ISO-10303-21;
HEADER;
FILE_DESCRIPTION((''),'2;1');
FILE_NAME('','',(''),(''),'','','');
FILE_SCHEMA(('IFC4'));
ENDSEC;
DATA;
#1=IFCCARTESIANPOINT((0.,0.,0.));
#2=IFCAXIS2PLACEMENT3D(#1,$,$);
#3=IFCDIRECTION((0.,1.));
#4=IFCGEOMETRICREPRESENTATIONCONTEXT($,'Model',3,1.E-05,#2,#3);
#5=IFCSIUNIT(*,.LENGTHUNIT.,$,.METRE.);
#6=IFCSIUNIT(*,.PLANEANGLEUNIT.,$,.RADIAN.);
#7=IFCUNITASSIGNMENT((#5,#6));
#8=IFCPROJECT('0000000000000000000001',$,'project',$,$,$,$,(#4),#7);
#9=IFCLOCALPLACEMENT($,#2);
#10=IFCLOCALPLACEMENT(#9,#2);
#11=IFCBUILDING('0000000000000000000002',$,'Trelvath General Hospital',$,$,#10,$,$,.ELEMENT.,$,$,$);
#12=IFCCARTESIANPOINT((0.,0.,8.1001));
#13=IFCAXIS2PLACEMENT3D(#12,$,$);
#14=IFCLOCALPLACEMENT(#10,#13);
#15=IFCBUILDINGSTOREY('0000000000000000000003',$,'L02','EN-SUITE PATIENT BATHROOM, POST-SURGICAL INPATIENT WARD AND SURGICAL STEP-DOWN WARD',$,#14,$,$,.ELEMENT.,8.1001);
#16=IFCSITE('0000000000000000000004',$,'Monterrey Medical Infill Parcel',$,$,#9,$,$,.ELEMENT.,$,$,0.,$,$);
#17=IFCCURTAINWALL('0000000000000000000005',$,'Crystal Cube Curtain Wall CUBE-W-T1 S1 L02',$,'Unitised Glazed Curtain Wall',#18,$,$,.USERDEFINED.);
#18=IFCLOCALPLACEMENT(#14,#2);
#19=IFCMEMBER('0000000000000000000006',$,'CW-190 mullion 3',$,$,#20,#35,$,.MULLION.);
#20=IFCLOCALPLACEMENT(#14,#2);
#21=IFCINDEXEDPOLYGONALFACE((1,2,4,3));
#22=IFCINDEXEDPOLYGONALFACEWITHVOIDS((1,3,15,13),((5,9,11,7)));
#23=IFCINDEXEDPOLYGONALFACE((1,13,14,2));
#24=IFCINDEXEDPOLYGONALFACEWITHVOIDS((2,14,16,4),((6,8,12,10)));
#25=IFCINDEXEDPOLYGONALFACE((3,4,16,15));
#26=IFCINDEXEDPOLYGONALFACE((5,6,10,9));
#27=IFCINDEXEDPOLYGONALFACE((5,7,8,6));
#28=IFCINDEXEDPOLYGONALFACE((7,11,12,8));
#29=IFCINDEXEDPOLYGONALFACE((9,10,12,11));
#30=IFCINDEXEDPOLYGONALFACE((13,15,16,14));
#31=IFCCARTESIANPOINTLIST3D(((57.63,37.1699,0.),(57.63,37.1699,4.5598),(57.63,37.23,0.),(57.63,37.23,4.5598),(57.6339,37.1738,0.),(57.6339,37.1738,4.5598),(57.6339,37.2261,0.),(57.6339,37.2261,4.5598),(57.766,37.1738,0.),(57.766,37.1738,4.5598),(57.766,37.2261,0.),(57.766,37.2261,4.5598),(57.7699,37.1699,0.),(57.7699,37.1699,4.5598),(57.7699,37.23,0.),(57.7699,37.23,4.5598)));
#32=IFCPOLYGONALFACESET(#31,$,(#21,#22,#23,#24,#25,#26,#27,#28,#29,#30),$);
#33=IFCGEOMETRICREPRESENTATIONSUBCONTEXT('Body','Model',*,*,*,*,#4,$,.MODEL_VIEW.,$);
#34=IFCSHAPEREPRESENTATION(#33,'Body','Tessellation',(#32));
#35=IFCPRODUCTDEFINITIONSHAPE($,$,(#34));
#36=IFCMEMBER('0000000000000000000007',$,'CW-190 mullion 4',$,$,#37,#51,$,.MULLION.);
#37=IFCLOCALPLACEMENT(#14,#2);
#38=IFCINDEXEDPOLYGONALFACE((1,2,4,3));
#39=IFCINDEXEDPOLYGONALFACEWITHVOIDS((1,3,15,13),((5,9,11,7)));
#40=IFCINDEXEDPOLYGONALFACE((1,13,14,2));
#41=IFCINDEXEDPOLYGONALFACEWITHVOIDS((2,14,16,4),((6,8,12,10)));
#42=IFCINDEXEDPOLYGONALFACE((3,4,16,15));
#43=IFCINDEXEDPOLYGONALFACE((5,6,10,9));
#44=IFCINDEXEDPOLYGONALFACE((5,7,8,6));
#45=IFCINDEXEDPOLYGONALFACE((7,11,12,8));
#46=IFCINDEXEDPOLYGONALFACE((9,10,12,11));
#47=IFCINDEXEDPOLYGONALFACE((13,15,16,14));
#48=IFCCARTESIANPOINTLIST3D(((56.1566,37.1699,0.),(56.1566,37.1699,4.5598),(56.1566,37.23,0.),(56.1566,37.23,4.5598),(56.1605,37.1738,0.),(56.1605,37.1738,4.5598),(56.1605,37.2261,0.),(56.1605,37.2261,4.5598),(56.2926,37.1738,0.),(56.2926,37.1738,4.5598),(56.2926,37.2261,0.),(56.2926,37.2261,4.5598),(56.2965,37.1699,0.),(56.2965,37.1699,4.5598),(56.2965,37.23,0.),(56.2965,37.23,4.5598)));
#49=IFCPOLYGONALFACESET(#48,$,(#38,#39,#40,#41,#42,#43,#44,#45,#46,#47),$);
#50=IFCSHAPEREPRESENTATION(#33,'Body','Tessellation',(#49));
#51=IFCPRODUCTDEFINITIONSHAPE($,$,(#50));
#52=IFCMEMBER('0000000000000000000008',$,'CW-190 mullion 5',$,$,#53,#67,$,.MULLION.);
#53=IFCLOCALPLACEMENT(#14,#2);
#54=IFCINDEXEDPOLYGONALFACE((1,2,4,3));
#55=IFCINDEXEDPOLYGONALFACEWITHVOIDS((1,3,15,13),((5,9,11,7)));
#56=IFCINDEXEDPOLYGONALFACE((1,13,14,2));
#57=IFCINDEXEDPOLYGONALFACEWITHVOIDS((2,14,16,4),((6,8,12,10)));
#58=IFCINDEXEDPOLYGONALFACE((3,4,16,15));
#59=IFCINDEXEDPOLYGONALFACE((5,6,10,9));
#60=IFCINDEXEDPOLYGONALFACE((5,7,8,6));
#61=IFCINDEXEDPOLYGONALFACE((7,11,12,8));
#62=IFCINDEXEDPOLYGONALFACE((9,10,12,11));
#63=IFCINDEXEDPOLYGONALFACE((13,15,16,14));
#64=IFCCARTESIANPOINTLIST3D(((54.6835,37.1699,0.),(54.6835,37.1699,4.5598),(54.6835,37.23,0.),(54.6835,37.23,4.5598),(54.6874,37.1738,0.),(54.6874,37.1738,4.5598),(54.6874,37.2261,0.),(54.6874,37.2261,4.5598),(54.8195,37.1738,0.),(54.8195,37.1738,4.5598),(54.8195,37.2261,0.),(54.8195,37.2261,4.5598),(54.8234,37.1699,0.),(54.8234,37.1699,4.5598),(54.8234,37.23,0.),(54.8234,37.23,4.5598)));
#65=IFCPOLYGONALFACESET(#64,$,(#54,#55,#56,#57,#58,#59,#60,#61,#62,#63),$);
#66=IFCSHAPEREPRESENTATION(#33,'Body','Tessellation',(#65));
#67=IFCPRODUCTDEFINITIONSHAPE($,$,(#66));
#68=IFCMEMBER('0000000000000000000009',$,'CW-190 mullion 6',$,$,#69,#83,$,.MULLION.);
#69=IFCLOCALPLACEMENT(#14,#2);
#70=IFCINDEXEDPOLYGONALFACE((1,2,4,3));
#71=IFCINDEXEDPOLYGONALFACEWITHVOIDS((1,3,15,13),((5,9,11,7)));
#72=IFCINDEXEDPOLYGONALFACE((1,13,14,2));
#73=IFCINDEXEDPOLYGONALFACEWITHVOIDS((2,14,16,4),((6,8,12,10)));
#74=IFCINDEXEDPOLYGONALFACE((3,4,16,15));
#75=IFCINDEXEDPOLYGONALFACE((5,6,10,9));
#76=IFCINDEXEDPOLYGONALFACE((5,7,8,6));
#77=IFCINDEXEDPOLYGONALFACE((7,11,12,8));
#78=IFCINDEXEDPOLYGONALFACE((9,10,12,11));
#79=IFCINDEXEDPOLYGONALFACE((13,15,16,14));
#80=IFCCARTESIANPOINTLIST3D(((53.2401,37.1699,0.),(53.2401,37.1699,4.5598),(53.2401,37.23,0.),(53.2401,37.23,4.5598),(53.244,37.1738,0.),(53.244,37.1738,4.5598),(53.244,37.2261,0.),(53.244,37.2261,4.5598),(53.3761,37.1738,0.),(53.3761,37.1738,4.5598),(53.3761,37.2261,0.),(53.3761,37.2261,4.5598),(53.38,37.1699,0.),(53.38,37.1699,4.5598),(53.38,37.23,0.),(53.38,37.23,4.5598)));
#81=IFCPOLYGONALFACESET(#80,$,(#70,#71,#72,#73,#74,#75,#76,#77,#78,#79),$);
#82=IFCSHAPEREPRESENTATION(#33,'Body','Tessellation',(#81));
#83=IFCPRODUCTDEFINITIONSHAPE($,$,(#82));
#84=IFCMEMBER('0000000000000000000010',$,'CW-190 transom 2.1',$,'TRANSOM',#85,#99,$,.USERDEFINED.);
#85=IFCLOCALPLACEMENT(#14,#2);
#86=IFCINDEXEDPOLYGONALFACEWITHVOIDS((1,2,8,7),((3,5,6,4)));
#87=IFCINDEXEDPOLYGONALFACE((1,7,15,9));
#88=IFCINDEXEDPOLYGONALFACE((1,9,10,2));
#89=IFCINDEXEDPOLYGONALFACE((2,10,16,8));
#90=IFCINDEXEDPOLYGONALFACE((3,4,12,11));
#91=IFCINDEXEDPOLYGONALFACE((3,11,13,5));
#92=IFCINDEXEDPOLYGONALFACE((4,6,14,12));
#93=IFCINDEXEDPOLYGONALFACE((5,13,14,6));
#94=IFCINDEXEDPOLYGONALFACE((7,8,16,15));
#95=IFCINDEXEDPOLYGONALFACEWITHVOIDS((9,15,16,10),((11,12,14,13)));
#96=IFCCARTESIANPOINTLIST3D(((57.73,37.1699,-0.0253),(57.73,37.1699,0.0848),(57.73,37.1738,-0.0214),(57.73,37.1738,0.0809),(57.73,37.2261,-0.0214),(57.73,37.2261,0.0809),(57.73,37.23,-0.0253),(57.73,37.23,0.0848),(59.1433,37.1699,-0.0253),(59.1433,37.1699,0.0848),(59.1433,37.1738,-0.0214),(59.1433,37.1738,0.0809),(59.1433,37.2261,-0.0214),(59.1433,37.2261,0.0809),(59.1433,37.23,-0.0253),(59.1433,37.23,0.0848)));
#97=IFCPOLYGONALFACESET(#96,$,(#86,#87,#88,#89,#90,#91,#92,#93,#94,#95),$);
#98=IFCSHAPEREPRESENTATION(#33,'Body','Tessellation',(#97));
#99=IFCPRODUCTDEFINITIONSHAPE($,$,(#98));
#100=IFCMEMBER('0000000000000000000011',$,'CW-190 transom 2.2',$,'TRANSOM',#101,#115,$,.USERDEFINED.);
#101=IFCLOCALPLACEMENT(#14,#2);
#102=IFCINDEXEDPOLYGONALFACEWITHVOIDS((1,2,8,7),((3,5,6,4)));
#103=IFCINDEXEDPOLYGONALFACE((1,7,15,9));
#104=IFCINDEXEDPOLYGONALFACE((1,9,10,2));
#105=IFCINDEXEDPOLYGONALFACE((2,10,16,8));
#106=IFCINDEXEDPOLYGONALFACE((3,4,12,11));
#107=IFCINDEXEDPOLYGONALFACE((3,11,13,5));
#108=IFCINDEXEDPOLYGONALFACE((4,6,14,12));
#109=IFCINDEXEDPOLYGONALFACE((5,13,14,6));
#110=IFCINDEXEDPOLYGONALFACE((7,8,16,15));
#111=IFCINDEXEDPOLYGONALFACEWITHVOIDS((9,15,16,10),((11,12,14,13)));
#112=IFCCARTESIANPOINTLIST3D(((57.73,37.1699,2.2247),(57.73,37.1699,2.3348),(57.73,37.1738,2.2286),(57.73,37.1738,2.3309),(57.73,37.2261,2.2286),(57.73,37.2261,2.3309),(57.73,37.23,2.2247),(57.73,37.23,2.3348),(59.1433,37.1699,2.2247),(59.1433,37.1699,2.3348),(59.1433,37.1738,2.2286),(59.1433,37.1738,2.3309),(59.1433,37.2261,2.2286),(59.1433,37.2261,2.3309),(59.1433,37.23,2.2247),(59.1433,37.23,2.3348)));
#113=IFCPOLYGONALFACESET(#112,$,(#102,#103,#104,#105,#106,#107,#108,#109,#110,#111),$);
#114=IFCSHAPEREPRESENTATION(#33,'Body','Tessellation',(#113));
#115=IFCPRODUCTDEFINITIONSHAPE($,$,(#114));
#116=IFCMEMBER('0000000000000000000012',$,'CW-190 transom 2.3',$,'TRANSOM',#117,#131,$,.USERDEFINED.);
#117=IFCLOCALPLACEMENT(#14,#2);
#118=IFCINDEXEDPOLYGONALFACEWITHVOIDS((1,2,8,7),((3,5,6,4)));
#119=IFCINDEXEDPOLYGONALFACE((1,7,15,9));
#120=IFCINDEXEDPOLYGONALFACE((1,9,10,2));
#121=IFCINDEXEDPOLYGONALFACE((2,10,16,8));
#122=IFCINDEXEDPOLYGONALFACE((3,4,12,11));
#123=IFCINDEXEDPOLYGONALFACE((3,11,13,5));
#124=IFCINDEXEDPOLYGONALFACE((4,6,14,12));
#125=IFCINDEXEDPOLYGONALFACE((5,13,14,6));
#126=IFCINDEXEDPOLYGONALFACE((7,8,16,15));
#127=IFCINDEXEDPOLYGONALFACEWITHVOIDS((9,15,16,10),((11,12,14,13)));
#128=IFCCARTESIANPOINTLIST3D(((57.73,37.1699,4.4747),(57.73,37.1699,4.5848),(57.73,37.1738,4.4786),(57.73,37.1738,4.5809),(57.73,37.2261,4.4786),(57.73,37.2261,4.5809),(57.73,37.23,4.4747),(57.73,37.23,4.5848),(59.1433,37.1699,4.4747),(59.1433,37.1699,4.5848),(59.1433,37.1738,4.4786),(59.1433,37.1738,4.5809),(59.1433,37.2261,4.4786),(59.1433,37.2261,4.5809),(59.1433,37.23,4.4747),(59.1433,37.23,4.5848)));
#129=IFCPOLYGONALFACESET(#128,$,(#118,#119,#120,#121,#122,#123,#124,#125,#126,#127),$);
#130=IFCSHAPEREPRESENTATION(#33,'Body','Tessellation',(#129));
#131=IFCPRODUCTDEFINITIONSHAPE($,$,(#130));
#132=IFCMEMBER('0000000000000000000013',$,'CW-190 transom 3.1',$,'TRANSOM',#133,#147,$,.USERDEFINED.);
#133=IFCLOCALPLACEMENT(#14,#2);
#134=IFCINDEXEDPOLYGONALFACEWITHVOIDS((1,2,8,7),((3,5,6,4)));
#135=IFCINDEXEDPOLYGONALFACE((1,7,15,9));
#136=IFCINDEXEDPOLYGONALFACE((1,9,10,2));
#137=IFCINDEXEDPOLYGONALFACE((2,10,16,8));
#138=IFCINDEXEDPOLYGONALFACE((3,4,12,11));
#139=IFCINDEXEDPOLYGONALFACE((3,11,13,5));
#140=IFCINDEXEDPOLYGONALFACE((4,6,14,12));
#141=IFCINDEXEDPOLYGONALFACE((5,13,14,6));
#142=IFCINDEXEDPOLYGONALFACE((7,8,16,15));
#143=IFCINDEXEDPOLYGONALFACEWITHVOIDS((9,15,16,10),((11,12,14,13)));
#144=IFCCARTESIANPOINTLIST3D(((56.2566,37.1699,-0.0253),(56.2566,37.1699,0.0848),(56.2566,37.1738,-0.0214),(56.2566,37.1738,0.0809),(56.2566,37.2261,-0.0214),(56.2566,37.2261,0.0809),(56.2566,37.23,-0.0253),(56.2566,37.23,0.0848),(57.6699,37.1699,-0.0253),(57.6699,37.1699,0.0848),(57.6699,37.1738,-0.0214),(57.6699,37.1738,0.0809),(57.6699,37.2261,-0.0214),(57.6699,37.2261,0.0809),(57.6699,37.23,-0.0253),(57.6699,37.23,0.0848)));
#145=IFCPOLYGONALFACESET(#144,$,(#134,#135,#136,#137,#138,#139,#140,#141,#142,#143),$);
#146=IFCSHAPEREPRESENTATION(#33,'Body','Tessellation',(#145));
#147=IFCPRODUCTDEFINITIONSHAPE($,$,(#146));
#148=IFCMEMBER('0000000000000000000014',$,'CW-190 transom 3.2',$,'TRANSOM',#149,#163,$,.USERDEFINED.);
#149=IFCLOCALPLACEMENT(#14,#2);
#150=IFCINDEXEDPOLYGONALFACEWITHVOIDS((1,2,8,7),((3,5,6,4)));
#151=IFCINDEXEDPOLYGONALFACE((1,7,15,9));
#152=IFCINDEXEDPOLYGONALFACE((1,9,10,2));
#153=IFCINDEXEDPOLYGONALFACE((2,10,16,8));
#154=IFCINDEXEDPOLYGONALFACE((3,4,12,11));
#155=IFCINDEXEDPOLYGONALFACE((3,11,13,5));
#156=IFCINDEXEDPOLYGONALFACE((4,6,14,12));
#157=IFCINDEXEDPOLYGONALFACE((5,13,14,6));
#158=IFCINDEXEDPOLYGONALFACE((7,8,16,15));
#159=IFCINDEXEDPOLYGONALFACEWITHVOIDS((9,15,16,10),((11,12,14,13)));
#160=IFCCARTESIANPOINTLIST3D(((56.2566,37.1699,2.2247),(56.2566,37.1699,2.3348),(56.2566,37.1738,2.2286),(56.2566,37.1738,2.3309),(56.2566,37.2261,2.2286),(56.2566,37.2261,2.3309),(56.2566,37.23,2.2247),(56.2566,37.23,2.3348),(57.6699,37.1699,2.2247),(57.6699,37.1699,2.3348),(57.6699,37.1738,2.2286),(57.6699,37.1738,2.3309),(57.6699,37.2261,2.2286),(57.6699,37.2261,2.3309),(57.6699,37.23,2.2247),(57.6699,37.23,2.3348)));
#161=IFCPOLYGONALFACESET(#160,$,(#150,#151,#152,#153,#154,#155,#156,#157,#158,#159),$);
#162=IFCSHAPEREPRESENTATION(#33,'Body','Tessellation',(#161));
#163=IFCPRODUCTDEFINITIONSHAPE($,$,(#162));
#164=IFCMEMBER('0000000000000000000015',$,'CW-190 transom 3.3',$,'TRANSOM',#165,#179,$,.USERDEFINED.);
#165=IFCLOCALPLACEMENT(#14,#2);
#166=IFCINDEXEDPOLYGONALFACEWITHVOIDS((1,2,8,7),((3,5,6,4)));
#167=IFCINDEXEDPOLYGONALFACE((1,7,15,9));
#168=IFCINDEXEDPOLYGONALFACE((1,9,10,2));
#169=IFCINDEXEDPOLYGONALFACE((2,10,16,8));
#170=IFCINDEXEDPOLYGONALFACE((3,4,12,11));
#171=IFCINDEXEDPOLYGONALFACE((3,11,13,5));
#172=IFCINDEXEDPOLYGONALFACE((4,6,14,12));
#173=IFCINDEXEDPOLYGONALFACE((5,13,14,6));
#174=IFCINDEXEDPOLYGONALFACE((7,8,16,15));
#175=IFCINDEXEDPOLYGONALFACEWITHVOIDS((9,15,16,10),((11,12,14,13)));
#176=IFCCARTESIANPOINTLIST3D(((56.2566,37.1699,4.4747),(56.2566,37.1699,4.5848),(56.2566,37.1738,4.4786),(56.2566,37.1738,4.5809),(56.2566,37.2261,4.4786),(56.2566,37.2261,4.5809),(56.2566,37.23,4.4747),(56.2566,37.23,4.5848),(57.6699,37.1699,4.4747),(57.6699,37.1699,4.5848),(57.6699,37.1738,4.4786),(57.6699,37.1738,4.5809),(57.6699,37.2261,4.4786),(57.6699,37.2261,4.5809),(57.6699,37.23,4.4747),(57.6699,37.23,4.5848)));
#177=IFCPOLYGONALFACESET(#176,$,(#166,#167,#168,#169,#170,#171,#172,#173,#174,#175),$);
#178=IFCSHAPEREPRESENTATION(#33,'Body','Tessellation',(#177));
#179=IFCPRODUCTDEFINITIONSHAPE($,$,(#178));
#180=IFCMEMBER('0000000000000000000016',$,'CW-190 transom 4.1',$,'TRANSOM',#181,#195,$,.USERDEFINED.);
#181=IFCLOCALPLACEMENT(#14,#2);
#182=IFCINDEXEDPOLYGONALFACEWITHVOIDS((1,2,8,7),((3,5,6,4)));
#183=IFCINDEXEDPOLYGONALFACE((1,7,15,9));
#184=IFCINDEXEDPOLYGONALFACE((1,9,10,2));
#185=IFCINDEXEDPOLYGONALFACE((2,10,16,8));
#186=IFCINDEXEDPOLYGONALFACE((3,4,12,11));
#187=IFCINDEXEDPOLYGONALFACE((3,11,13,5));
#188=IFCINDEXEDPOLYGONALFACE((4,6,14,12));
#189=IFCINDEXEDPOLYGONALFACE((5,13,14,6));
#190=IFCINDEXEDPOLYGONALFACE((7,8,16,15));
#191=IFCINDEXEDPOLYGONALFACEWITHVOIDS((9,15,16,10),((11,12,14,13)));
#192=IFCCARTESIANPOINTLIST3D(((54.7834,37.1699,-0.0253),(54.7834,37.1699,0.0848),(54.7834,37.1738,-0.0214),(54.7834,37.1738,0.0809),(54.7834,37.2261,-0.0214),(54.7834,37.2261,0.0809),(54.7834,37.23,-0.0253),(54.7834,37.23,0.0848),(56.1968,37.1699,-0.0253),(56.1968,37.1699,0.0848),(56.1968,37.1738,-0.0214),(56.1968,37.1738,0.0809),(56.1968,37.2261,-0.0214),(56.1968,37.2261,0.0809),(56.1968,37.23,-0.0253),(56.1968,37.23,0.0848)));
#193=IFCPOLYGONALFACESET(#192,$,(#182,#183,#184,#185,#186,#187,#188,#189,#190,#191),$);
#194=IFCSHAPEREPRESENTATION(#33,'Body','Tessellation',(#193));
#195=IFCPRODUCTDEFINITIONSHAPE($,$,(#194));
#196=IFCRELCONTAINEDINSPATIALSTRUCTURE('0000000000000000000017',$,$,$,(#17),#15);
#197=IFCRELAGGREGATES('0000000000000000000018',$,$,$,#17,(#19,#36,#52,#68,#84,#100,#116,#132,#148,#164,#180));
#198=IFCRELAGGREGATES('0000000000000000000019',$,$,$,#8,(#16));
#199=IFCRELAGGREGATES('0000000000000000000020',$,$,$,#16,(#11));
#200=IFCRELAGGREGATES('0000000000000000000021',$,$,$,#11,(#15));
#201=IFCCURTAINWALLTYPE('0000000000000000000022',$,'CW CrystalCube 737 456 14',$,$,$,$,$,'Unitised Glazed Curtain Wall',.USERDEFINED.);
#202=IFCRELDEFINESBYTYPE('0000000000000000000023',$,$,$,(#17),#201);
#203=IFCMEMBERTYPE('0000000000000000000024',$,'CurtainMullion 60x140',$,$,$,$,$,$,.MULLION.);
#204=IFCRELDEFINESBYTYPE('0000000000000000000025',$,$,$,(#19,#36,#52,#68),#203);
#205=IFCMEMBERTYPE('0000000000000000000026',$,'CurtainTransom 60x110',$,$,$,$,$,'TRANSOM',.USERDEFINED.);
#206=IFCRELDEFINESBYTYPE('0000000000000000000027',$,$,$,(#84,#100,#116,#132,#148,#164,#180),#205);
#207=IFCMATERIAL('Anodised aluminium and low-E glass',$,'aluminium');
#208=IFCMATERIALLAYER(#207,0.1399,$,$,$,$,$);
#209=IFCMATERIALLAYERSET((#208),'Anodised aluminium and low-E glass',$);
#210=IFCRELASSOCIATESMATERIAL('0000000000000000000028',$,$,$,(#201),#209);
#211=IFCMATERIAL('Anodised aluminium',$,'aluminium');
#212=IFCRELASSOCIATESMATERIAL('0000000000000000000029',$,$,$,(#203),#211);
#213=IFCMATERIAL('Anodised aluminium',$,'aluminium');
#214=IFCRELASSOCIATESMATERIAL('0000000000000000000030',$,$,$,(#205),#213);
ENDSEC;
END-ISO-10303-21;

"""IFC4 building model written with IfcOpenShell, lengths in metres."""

from ifc_helpers import new_model, si_unit, direction, frame, origin, origin_2d, place, context, subcontext, project, spatial, hollow_rectangle, extrude, material, layer, layer_set, material_profile, profile_set, type_object, element, aggregate, save


model = new_model("IFC4")

# Units and contexts
model_context = context("Model", 3, precision=1e-05, world=origin(), true_north=direction((0.0, 1.0)))
body_context = subcontext(model_context, "Body", "Model", "MODEL_VIEW")
ifc_project = project(units=[si_unit("LENGTHUNIT", "METRE"), si_unit("PLANEANGLEUNIT", "RADIAN")], contexts=[model_context])

# Site, building, storey
site_placement = place(None, origin())
site = spatial("IfcSite", under=ifc_project, at=site_placement, Name="Monterrey Medical Infill Parcel", CompositionType="ELEMENT", RefElevation=0.0)
building_placement = place(site_placement, origin())
building = spatial("IfcBuilding", under=site, at=building_placement, Name="Trelvath General Hospital", CompositionType="ELEMENT")
storey_placement = place(building_placement, frame((0.0, 0.0, 8.1001)))
storey = spatial("IfcBuildingStorey", under=building, at=storey_placement, Name="L02", Description="EN-SUITE PATIENT BATHROOM, POST-SURGICAL INPATIENT WARD AND SURGICAL STEP-DOWN WARD", CompositionType="ELEMENT", Elevation=8.1001)

# Curtain wall, members
ifc_material_1 = material(Name="Anodised aluminium and low-E glass", Category="aluminium")
ifc_layer_1 = layer(ifc_material_1, 0.1399)
ifc_layer_set_1 = layer_set([ifc_layer_1], Name="Anodised aluminium and low-E glass")
curtain_wall_type = type_object("IfcCurtainWallType", Name="CW CrystalCube 737 456 14", ElementType="Unitised Glazed Curtain Wall", PredefinedType="USERDEFINED", material=ifc_layer_set_1)
curtain_wall_placement = place(storey_placement, origin())
curtain_wall = element("IfcCurtainWall", 1, at=curtain_wall_placement, inside=storey, type_object=curtain_wall_type, Name="Crystal Cube Curtain Wall CUBE-W-T1 S1 L02", ObjectType="Unitised Glazed Curtain Wall", PredefinedType="USERDEFINED")
ifc_material_2 = material(Name="Anodised aluminium", Category="aluminium")
ifc_material_profile_1 = material_profile(ifc_material_2, hollow_rectangle(XDim=0.0601, YDim=0.1399, WallThickness=0.0039, at=origin_2d()), Name="RHS60x140x4")
ifc_profile_set_1 = profile_set([ifc_material_profile_1], Name="Anodised aluminium")
member_type_1 = type_object("IfcMemberType", Name="CurtainMullion 60x140", PredefinedType="MULLION", material=ifc_profile_set_1)
member_1_placement = place(storey_placement, frame((57.7, 37.2, 0.0), z_axis=(0.0, 0.0, 1.0), x_axis=(0.0, -1.0, 0.0)))
member_1 = element("IfcMember", 2, at=member_1_placement, type_object=member_type_1, Name="CW-190 mullion 3", PredefinedType="MULLION", context=body_context, shape_type="SweptSolid", body=[
    extrude(hollow_rectangle(XDim=0.0601, YDim=0.1399, WallThickness=0.0039, at=origin_2d()), origin(), (0.0, 0.0, 1.0), 4.5598),
])
member_2_placement = place(storey_placement, frame((56.2266, 37.2, 0.0), z_axis=(0.0, 0.0, 1.0), x_axis=(0.0, -1.0, 0.0)))
member_2 = element("IfcMember", 3, at=member_2_placement, type_object=member_type_1, Name="CW-190 mullion 4", PredefinedType="MULLION", context=body_context, shape_type="SweptSolid", body=[
    extrude(hollow_rectangle(XDim=0.0601, YDim=0.1399, WallThickness=0.0039, at=origin_2d()), origin(), (0.0, 0.0, 1.0), 4.5598),
])
member_3_placement = place(storey_placement, frame((54.7534, 37.2, 0.0), z_axis=(0.0, 0.0, 1.0), x_axis=(0.0, -1.0, 0.0)))
member_3 = element("IfcMember", 4, at=member_3_placement, type_object=member_type_1, Name="CW-190 mullion 5", PredefinedType="MULLION", context=body_context, shape_type="SweptSolid", body=[
    extrude(hollow_rectangle(XDim=0.0601, YDim=0.1399, WallThickness=0.0039, at=origin_2d()), origin(), (0.0, 0.0, 1.0), 4.5598),
])
member_4_placement = place(storey_placement, frame((53.3101, 37.2, 0.0), z_axis=(0.0, 0.0, 1.0), x_axis=(0.0, -1.0, 0.0)))
member_4 = element("IfcMember", 5, at=member_4_placement, type_object=member_type_1, Name="CW-190 mullion 6", PredefinedType="MULLION", context=body_context, shape_type="SweptSolid", body=[
    extrude(hollow_rectangle(XDim=0.0601, YDim=0.1399, WallThickness=0.0039, at=origin_2d()), origin(), (0.0, 0.0, 1.0), 4.5598),
])
ifc_material_3 = material(Name="Anodised aluminium", Category="aluminium")
ifc_material_profile_2 = material_profile(ifc_material_3, hollow_rectangle(XDim=0.0601, YDim=0.1101, WallThickness=0.0039, at=origin_2d()), Name="RHS60x110x4")
ifc_profile_set_2 = profile_set([ifc_material_profile_2], Name="Anodised aluminium")
member_type_2 = type_object("IfcMemberType", Name="CurtainTransom 60x110", ElementType="TRANSOM", PredefinedType="USERDEFINED", material=ifc_profile_set_2)
member_5_placement = place(storey_placement, frame((59.1433, 37.2, 0.0298), z_axis=(-1.0, 0.0, 0.0), x_axis=(0.0, -1.0, 0.0)))
member_5 = element("IfcMember", 6, at=member_5_placement, type_object=member_type_2, Name="CW-190 transom 2.1", ObjectType="TRANSOM", PredefinedType="USERDEFINED", context=body_context, shape_type="SweptSolid", body=[
    extrude(hollow_rectangle(XDim=0.0601, YDim=0.1101, WallThickness=0.0039, at=origin_2d()), origin(), (0.0, 0.0, 1.0), 1.4133),
])
member_6_placement = place(storey_placement, frame((59.1433, 37.2, 2.2798), z_axis=(-1.0, 0.0, 0.0), x_axis=(0.0, -1.0, 0.0)))
member_6 = element("IfcMember", 7, at=member_6_placement, type_object=member_type_2, Name="CW-190 transom 2.2", ObjectType="TRANSOM", PredefinedType="USERDEFINED", context=body_context, shape_type="SweptSolid", body=[
    extrude(hollow_rectangle(XDim=0.0601, YDim=0.1101, WallThickness=0.0039, at=origin_2d()), origin(), (0.0, 0.0, 1.0), 1.4133),
])
member_7_placement = place(storey_placement, frame((59.1433, 37.2, 4.5298), z_axis=(-1.0, 0.0, 0.0), x_axis=(0.0, -1.0, 0.0)))
member_7 = element("IfcMember", 8, at=member_7_placement, type_object=member_type_2, Name="CW-190 transom 2.3", ObjectType="TRANSOM", PredefinedType="USERDEFINED", context=body_context, shape_type="SweptSolid", body=[
    extrude(hollow_rectangle(XDim=0.0601, YDim=0.1101, WallThickness=0.0039, at=origin_2d()), origin(), (0.0, 0.0, 1.0), 1.4133),
])
member_8_placement = place(storey_placement, frame((57.6699, 37.2, 0.0298), z_axis=(-1.0, 0.0, 0.0), x_axis=(0.0, -1.0, 0.0)))
member_8 = element("IfcMember", 9, at=member_8_placement, type_object=member_type_2, Name="CW-190 transom 3.1", ObjectType="TRANSOM", PredefinedType="USERDEFINED", context=body_context, shape_type="SweptSolid", body=[
    extrude(hollow_rectangle(XDim=0.0601, YDim=0.1101, WallThickness=0.0039, at=origin_2d()), origin(), (0.0, 0.0, 1.0), 1.4133),
])
member_9_placement = place(storey_placement, frame((57.6699, 37.2, 2.2798), z_axis=(-1.0, 0.0, 0.0), x_axis=(0.0, -1.0, 0.0)))
member_9 = element("IfcMember", 10, at=member_9_placement, type_object=member_type_2, Name="CW-190 transom 3.2", ObjectType="TRANSOM", PredefinedType="USERDEFINED", context=body_context, shape_type="SweptSolid", body=[
    extrude(hollow_rectangle(XDim=0.0601, YDim=0.1101, WallThickness=0.0039, at=origin_2d()), origin(), (0.0, 0.0, 1.0), 1.4133),
])
member_10_placement = place(storey_placement, frame((57.6699, 37.2, 4.5298), z_axis=(-1.0, 0.0, 0.0), x_axis=(0.0, -1.0, 0.0)))
member_10 = element("IfcMember", 11, at=member_10_placement, type_object=member_type_2, Name="CW-190 transom 3.3", ObjectType="TRANSOM", PredefinedType="USERDEFINED", context=body_context, shape_type="SweptSolid", body=[
    extrude(hollow_rectangle(XDim=0.0601, YDim=0.1101, WallThickness=0.0039, at=origin_2d()), origin(), (0.0, 0.0, 1.0), 1.4133),
])
member_11_placement = place(storey_placement, frame((56.1968, 37.2, 0.0298), z_axis=(-1.0, 0.0, 0.0), x_axis=(0.0, -1.0, 0.0)))
member_11 = element("IfcMember", 12, at=member_11_placement, type_object=member_type_2, Name="CW-190 transom 4.1", ObjectType="TRANSOM", PredefinedType="USERDEFINED", context=body_context, shape_type="SweptSolid", body=[
    extrude(hollow_rectangle(XDim=0.0601, YDim=0.1101, WallThickness=0.0039, at=origin_2d()), origin(), (0.0, 0.0, 1.0), 1.4133),
])
aggregate(curtain_wall, [member_1, member_2, member_3, member_4, member_5, member_6, member_7, member_8, member_9, member_10, member_11])

save(model, "model.ifc")
